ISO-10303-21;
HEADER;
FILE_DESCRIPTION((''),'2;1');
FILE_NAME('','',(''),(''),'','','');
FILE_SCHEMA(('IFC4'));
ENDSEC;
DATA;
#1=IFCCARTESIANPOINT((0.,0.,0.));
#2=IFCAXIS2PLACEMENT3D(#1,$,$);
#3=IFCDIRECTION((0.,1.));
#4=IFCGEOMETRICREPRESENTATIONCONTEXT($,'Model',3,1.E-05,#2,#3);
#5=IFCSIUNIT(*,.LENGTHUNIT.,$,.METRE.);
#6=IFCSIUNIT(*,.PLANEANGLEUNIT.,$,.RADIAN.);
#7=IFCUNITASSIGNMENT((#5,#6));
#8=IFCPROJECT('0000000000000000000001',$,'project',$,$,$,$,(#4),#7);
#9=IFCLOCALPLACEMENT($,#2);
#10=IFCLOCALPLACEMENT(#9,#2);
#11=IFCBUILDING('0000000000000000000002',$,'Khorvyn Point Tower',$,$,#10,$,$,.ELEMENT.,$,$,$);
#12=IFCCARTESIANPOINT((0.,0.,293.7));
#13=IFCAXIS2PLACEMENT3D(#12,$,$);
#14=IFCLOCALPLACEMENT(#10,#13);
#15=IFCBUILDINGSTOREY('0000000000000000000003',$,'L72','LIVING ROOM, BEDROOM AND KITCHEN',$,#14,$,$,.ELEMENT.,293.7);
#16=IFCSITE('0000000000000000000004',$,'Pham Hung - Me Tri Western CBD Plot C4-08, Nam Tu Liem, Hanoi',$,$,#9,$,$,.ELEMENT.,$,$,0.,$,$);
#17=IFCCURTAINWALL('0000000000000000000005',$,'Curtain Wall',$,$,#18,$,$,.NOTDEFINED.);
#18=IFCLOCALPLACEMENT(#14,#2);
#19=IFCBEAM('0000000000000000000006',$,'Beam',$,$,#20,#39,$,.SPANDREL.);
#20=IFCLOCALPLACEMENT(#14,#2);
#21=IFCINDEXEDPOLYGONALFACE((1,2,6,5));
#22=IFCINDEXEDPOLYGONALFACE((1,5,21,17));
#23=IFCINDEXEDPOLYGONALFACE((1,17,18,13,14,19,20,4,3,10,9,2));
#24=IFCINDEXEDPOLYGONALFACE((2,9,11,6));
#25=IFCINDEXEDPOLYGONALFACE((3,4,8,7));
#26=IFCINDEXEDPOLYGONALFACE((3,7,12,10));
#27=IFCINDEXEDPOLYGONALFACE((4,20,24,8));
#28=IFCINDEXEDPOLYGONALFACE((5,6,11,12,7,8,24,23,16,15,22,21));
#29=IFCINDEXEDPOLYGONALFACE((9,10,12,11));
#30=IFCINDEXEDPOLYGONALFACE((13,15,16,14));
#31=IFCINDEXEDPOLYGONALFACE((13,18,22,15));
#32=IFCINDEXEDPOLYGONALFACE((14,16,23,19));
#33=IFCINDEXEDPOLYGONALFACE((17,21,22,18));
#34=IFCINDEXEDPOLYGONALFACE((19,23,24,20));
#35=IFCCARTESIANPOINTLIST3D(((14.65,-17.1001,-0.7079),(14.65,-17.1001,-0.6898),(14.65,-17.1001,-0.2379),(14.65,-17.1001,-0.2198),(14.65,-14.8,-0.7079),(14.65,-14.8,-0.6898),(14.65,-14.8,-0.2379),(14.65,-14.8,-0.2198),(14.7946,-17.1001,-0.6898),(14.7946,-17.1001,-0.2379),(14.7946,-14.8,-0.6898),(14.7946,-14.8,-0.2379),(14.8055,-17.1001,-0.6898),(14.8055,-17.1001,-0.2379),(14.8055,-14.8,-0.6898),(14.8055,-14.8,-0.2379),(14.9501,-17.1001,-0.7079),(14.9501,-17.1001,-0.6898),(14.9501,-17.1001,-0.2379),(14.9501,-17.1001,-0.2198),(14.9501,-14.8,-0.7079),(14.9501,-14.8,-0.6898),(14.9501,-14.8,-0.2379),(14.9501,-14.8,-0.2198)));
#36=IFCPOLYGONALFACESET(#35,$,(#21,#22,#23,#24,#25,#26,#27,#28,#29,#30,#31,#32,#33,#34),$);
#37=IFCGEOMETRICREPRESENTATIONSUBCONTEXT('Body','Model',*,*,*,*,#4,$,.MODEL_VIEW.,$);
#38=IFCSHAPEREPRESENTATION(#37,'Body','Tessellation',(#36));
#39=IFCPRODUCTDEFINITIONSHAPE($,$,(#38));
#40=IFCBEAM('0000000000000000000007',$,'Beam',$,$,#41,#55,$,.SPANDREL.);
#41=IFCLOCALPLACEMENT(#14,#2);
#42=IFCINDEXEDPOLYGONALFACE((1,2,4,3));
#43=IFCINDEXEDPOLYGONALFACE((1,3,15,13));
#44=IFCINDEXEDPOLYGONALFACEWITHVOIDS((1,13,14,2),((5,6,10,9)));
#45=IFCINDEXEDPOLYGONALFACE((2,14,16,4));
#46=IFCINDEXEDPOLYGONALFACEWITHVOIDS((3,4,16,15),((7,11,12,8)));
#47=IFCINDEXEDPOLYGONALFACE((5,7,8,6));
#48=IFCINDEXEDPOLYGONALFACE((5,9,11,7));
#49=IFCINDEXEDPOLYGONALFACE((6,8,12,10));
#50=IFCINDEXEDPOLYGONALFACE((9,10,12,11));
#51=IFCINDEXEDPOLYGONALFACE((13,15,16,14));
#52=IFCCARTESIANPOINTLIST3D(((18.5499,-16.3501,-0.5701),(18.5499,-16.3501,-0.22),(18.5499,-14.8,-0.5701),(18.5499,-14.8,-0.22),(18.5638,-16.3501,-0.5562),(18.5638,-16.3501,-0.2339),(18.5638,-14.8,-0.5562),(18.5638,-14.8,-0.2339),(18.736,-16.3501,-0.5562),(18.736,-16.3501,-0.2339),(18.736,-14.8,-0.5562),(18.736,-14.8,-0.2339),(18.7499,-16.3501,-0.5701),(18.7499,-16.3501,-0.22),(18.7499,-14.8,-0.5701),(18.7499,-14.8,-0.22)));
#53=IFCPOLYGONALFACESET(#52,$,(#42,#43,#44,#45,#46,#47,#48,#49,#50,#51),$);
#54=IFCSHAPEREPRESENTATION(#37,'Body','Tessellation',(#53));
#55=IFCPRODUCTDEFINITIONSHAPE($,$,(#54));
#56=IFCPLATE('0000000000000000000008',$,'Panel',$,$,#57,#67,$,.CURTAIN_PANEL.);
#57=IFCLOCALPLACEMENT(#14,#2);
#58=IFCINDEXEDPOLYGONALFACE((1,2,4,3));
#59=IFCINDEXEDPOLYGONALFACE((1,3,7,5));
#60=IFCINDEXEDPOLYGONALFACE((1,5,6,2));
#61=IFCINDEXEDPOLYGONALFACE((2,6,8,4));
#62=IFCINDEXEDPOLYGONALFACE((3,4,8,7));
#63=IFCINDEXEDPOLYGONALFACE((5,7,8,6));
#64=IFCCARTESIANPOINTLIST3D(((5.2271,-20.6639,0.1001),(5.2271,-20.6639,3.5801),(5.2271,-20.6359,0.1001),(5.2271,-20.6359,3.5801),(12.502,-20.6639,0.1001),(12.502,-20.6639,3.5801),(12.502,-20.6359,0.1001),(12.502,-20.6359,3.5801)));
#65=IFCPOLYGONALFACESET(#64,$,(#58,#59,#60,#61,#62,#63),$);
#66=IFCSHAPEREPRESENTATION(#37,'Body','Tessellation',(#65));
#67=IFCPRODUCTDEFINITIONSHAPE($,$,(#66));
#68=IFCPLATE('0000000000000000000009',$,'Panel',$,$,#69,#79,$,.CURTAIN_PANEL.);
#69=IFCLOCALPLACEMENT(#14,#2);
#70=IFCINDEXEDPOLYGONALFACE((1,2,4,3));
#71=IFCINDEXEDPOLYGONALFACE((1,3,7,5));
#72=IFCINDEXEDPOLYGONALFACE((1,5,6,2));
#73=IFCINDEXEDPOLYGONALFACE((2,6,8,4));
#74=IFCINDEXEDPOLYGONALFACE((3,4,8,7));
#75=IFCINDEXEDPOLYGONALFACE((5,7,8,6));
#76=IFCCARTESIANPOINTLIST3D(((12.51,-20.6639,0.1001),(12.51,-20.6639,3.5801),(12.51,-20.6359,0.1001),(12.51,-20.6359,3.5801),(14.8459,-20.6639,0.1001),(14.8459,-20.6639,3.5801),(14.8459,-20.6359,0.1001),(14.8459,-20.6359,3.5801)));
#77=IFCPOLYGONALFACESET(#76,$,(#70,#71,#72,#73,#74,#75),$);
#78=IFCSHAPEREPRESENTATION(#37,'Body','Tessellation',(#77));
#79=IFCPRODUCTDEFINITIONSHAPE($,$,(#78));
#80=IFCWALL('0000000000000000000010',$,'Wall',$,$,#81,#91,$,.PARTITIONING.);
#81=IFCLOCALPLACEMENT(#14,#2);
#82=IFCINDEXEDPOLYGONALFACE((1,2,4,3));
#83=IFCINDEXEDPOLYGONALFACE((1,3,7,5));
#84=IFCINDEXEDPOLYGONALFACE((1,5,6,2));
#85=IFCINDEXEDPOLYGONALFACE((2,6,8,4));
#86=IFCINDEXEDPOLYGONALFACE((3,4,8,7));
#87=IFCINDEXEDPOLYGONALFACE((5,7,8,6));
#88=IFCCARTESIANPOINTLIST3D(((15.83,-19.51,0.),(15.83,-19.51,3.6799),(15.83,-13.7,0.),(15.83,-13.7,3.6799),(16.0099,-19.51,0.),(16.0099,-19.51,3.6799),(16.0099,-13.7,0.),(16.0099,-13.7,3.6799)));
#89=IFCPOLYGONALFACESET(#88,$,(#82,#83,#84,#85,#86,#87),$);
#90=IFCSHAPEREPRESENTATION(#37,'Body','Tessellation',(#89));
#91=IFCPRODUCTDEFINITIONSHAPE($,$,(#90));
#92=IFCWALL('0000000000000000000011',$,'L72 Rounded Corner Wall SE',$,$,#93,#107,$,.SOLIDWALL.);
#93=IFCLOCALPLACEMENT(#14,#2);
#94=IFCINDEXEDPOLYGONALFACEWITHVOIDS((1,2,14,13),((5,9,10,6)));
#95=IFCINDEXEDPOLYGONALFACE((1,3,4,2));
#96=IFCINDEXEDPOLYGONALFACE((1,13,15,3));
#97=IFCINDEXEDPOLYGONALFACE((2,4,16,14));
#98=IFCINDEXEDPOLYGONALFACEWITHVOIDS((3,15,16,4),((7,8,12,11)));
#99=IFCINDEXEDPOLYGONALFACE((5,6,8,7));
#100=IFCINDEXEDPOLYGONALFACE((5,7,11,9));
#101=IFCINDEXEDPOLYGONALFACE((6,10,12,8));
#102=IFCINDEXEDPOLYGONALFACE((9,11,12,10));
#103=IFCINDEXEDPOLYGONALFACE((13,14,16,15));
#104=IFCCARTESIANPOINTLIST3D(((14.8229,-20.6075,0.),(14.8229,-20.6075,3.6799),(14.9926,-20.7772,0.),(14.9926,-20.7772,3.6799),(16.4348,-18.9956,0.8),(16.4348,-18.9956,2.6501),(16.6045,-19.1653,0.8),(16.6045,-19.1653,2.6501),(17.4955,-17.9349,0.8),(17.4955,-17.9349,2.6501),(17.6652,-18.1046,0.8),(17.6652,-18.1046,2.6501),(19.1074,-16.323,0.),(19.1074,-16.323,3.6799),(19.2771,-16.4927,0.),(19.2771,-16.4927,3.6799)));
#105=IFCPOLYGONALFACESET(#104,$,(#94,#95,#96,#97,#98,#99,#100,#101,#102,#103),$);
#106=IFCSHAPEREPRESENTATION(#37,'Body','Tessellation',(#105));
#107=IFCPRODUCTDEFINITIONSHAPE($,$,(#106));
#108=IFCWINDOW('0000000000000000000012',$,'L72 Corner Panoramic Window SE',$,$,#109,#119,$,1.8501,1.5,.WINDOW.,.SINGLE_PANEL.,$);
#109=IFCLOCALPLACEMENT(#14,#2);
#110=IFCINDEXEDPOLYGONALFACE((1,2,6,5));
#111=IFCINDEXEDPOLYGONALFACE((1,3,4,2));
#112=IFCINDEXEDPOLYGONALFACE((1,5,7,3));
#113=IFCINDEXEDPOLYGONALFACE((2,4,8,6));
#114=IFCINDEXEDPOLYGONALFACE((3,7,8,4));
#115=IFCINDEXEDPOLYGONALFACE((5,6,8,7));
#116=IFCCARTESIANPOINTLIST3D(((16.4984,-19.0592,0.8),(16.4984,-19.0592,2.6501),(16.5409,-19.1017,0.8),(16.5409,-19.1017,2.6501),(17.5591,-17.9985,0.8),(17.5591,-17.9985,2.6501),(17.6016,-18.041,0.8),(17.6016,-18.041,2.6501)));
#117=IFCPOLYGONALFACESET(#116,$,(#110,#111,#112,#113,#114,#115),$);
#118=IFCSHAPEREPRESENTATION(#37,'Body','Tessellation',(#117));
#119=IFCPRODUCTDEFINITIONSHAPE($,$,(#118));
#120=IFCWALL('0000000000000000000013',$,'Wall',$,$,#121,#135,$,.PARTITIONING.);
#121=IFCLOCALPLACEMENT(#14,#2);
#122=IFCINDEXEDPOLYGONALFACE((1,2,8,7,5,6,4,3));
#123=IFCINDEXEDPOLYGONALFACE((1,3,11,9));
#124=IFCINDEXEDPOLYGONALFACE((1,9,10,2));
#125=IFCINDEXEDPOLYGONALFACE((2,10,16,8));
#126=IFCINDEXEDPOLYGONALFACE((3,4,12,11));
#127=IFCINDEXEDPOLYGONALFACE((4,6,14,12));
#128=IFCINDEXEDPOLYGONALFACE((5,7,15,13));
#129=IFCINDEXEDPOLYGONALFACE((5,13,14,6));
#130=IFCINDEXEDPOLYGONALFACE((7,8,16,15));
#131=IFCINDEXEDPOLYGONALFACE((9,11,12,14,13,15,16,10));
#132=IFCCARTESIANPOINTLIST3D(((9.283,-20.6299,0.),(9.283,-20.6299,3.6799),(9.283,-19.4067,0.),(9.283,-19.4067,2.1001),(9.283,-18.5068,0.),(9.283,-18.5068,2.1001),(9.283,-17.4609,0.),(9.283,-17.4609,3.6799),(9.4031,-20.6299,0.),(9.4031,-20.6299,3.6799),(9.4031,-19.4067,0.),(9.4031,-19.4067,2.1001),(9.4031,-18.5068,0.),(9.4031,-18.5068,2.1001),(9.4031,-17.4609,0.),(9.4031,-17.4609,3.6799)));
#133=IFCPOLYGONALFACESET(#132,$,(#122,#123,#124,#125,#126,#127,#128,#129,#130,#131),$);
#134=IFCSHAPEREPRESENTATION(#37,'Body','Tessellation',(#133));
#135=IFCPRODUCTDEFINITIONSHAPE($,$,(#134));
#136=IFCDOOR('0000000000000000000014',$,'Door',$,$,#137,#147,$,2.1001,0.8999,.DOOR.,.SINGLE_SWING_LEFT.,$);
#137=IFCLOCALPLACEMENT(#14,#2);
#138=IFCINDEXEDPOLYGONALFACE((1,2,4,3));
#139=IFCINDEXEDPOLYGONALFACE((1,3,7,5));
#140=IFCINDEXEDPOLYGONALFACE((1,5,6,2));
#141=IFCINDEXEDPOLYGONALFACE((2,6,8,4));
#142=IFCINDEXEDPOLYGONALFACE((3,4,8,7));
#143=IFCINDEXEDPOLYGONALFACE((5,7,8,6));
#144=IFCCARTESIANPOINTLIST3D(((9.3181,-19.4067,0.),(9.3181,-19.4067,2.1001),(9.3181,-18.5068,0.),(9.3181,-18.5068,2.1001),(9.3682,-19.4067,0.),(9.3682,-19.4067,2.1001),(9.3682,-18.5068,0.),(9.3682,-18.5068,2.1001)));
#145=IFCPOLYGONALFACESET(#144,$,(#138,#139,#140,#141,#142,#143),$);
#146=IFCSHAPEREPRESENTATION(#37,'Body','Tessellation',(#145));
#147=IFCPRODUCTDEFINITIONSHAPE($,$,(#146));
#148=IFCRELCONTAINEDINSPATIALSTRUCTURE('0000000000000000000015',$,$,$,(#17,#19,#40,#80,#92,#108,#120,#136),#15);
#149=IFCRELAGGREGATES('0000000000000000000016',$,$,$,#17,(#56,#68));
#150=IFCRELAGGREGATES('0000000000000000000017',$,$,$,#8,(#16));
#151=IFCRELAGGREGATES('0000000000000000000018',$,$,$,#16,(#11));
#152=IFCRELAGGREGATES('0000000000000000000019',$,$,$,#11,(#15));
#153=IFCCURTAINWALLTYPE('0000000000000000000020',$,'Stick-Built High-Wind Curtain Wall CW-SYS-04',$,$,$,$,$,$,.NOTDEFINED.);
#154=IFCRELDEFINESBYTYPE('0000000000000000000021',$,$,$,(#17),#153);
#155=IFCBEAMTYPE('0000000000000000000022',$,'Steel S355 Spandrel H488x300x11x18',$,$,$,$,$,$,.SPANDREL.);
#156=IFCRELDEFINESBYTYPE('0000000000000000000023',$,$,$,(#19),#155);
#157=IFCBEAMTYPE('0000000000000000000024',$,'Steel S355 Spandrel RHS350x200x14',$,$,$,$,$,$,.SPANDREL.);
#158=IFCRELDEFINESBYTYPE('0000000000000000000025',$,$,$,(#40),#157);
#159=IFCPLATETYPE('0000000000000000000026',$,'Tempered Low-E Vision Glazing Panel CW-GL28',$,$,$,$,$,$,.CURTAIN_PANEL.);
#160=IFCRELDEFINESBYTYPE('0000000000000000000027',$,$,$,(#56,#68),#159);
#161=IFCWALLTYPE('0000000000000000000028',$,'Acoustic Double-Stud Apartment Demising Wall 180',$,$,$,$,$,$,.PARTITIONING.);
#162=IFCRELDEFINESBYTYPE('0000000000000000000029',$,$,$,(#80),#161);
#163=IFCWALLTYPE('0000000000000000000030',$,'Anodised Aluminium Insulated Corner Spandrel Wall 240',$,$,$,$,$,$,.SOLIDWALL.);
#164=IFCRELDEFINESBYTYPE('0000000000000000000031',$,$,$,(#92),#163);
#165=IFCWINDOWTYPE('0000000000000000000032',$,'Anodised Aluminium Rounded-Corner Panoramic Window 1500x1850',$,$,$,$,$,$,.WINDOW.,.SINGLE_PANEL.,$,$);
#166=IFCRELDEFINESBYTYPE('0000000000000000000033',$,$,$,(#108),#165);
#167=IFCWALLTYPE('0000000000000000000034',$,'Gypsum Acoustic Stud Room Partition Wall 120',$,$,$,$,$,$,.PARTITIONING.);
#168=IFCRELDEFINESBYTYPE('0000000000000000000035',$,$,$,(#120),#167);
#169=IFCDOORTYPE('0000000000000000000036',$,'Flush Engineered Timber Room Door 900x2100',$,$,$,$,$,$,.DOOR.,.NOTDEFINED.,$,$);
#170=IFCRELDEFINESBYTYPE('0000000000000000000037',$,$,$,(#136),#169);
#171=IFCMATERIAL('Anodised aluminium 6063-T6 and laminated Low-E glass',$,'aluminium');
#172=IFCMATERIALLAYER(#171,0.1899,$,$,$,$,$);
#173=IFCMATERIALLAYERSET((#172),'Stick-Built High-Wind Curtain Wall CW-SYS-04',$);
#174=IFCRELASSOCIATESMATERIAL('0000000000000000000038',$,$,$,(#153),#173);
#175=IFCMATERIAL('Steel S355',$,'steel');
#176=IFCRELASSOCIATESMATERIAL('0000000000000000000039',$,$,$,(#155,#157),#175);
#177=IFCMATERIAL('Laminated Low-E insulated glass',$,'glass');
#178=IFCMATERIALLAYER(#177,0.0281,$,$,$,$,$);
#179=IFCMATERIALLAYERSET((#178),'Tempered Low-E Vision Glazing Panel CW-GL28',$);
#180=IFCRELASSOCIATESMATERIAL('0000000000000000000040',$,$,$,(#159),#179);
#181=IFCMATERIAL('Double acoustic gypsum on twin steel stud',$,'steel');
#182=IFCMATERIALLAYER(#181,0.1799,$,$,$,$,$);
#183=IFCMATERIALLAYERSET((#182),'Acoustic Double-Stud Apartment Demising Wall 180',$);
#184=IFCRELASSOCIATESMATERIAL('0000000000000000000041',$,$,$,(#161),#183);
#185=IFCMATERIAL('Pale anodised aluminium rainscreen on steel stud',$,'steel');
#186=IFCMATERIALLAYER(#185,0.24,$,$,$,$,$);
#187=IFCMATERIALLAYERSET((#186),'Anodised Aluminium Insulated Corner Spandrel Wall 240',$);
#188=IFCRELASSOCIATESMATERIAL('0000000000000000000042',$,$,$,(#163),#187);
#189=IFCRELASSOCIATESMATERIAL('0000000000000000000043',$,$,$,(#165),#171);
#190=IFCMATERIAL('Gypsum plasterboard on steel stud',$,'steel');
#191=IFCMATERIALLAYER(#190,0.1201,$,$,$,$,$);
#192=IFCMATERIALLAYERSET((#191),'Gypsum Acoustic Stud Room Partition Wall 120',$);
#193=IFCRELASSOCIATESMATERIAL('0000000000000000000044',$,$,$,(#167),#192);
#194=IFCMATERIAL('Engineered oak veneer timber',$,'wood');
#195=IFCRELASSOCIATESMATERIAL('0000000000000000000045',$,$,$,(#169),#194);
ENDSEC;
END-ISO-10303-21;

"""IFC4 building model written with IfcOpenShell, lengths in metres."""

from ifc_helpers import new_model, si_unit, direction, frame, frame_2d, origin, origin_2d, place, context, subcontext, project, spatial, rectangle, hollow_rectangle, i_section, extrude, material, layer, layer_set, material_profile, profile_set, type_object, element, fill, aggregate, save


model = new_model("IFC4")

# Units and contexts
model_context = context("Model", 3, precision=1e-05, world=origin(), true_north=direction((0.0, 1.0)))
body_context = subcontext(model_context, "Body", "Model", "MODEL_VIEW")
ifc_project = project(units=[si_unit("LENGTHUNIT", "METRE"), si_unit("PLANEANGLEUNIT", "RADIAN")], contexts=[model_context])

# Site, building, storey
site_placement = place(None, origin())
site = spatial("IfcSite", under=ifc_project, at=site_placement, Name="Pham Hung - Me Tri Western CBD Plot C4-08, Nam Tu Liem, Hanoi", CompositionType="ELEMENT", RefElevation=0.0)
building_placement = place(site_placement, origin())
building = spatial("IfcBuilding", under=site, at=building_placement, Name="Khorvyn Point Tower", CompositionType="ELEMENT")
storey_placement = place(building_placement, frame((0.0, 0.0, 293.7)))
storey = spatial("IfcBuildingStorey", under=building, at=storey_placement, Name="L72", Description="LIVING ROOM, BEDROOM AND KITCHEN", CompositionType="ELEMENT", Elevation=293.7)

# Shared definitions
ifc_material_1 = material(Name="Steel S355", Category="steel")

# Curtain wall
ifc_material_2 = material(Name="Anodised aluminium 6063-T6 and laminated Low-E glass", Category="aluminium")
ifc_layer_1 = layer(ifc_material_2, 0.1899)
ifc_layer_set_1 = layer_set([ifc_layer_1], Name="Stick-Built High-Wind Curtain Wall CW-SYS-04")
curtain_wall_type = type_object("IfcCurtainWallType", Name="Stick-Built High-Wind Curtain Wall CW-SYS-04", PredefinedType="NOTDEFINED", material=ifc_layer_set_1)
curtain_wall_1_placement = place(storey_placement, origin())
curtain_wall_1 = element("IfcCurtainWall", 1, at=curtain_wall_1_placement, inside=storey, type_object=curtain_wall_type, Name="Curtain Wall", PredefinedType="NOTDEFINED")

# Beams
ifc_material_profile_1 = material_profile(ifc_material_1, i_section(OverallWidth=0.3, OverallDepth=0.488, WebThickness=0.011, FlangeThickness=0.0181, at=origin_2d()))
ifc_profile_set_1 = profile_set([ifc_material_profile_1], Name="Steel S355 H488x300x11x18")
beam_type_1 = type_object("IfcBeamType", Name="Steel S355 Spandrel H488x300x11x18", PredefinedType="SPANDREL", material=ifc_profile_set_1)
beam_1_placement = place(storey_placement, frame((14.8, -17.1001, -0.4639), z_axis=(0.0, 1.0, 0.0), x_axis=(-1.0, 0.0, 0.0)))
element("IfcBeam", 2, at=beam_1_placement, inside=storey, type_object=beam_type_1, Name="Beam", PredefinedType="SPANDREL", context=body_context, shape_type="SweptSolid", body=[
    extrude(i_section(OverallWidth=0.3, OverallDepth=0.488, WebThickness=0.011, FlangeThickness=0.0181, at=origin_2d()), origin(), (0.0, 0.0, 1.0), 2.3),
])
ifc_material_profile_2 = material_profile(ifc_material_1, hollow_rectangle(XDim=0.2, YDim=0.3501, WallThickness=0.0139, at=origin_2d()))
ifc_profile_set_2 = profile_set([ifc_material_profile_2], Name="Steel S355 RHS350x200x14")
beam_type_2 = type_object("IfcBeamType", Name="Steel S355 Spandrel RHS350x200x14", PredefinedType="SPANDREL", material=ifc_profile_set_2)
beam_2_placement = place(storey_placement, frame((18.6499, -16.3501, -0.395), z_axis=(0.0, 1.0, 0.0), x_axis=(-1.0, 0.0, 0.0)))
element("IfcBeam", 3, at=beam_2_placement, inside=storey, type_object=beam_type_2, Name="Beam", PredefinedType="SPANDREL", context=body_context, shape_type="SweptSolid", body=[
    extrude(hollow_rectangle(XDim=0.2, YDim=0.3501, WallThickness=0.0139, at=origin_2d()), origin(), (0.0, 0.0, 1.0), 1.55),
])

# Plates
ifc_material_3 = material(Name="Laminated Low-E insulated glass", Category="glass")
ifc_layer_2 = layer(ifc_material_3, 0.0281)
ifc_layer_set_2 = layer_set([ifc_layer_2], Name="Tempered Low-E Vision Glazing Panel CW-GL28")
plate_type = type_object("IfcPlateType", Name="Tempered Low-E Vision Glazing Panel CW-GL28", PredefinedType="CURTAIN_PANEL", material=ifc_layer_set_2)
plate_1_placement = place(storey_placement, frame((8.8645, -20.6499, 0.1001), z_axis=(0.0, 0.0, 1.0), x_axis=(-1.0, 0.0, 0.0)))
plate_1 = element("IfcPlate", 4, at=plate_1_placement, type_object=plate_type, Name="Panel", PredefinedType="CURTAIN_PANEL", context=body_context, shape_type="SweptSolid", body=[
    extrude(rectangle(XDim=7.2749, YDim=0.0281, at=origin_2d()), origin(), (0.0, 0.0, 1.0), 3.48),
])
plate_2_placement = place(storey_placement, frame((13.678, -20.6499, 0.1001), z_axis=(0.0, 0.0, 1.0), x_axis=(-1.0, 0.0, 0.0)))
plate_2 = element("IfcPlate", 5, at=plate_2_placement, type_object=plate_type, Name="Panel", PredefinedType="CURTAIN_PANEL", context=body_context, shape_type="SweptSolid", body=[
    extrude(rectangle(XDim=2.3359, YDim=0.0281, at=origin_2d()), origin(), (0.0, 0.0, 1.0), 3.48),
])
aggregate(curtain_wall_1, [plate_1, plate_2])

# Wall
ifc_material_4 = material(Name="Double acoustic gypsum on twin steel stud", Category="steel")
ifc_layer_3 = layer(ifc_material_4, 0.1799)
ifc_layer_set_3 = layer_set([ifc_layer_3], Name="Acoustic Double-Stud Apartment Demising Wall 180")
wall_type_1 = type_object("IfcWallType", Name="Acoustic Double-Stud Apartment Demising Wall 180", PredefinedType="PARTITIONING", material=ifc_layer_set_3)
wall_1_placement = place(storey_placement, frame((15.9199, -19.51, 0.0), z_axis=(0.0, 0.0, 1.0), x_axis=(0.0, 1.0, 0.0)))
element("IfcWall", 6, at=wall_1_placement, inside=storey, type_object=wall_type_1, Name="Wall", PredefinedType="PARTITIONING", context=body_context, shape_type="SweptSolid", body=[
    extrude(rectangle(XDim=5.8101, YDim=0.1799, at=frame_2d((2.905, 0.0))), origin(), (0.0, 0.0, 1.0), 3.6799),
])

# Wall, opening, window
ifc_material_5 = material(Name="Pale anodised aluminium rainscreen on steel stud", Category="steel")
ifc_layer_4 = layer(ifc_material_5, 0.24)
ifc_layer_set_4 = layer_set([ifc_layer_4], Name="Anodised Aluminium Insulated Corner Spandrel Wall 240")
wall_type_2 = type_object("IfcWallType", Name="Anodised Aluminium Insulated Corner Spandrel Wall 240", PredefinedType="SOLIDWALL", material=ifc_layer_set_4)
wall_2_placement = place(storey_placement, frame((19.1924, -16.4077, 0.0), z_axis=(0.0, 0.0, 1.0), x_axis=(-0.707107, -0.707107, 0.0)))
wall_2 = element("IfcWall", 7, at=wall_2_placement, inside=storey, type_object=wall_type_2, Name="L72 Rounded Corner Wall SE", PredefinedType="SOLIDWALL", context=body_context, shape_type="SweptSolid", body=[
    extrude(rectangle(XDim=6.0593, YDim=0.24, at=frame_2d((3.0298, 0.0))), origin(), (0.0, 0.0, 1.0), 3.6799),
])
opening_1_placement = place(wall_2_placement, frame((2.2798, 0.0, 0.8)))
opening_1 = element("IfcOpeningElement", 8, at=opening_1_placement, cuts=wall_2, PredefinedType="OPENING", context=body_context, shape_type="SweptSolid", body=[
    extrude(rectangle(XDim=1.5, YDim=1.8501, at=frame_2d((0.75, 0.925))), frame((0.0, 0.1299, 0.0), z_axis=(0.0, -1.0, 0.0), x_axis=(1.0, 0.0, 0.0)), (0.0, 0.0, 1.0), 0.26),
])
window_type = type_object("IfcWindowType", Name="Anodised Aluminium Rounded-Corner Panoramic Window 1500x1850", PartitioningType="SINGLE_PANEL", PredefinedType="WINDOW", material=ifc_material_2)
window_placement = place(opening_1_placement, origin())
window = element("IfcWindow", 9, at=window_placement, inside=storey, type_object=window_type, Name="L72 Corner Panoramic Window SE", OverallHeight=1.8501, OverallWidth=1.5, PartitioningType="SINGLE_PANEL", PredefinedType="WINDOW", context=body_context, shape_type="SweptSolid", body=[
    extrude(rectangle(XDim=1.5, YDim=1.8501, at=frame_2d((0.75, 0.925))), frame((0.0, 0.03, 0.0), z_axis=(0.0, -1.0, 0.0), x_axis=(1.0, 0.0, 0.0)), (0.0, 0.0, 1.0), 0.0601),
])
fill(opening_1, window)

# Wall, opening, door
ifc_material_6 = material(Name="Gypsum plasterboard on steel stud", Category="steel")
ifc_layer_5 = layer(ifc_material_6, 0.1201)
ifc_layer_set_5 = layer_set([ifc_layer_5], Name="Gypsum Acoustic Stud Room Partition Wall 120")
wall_type_3 = type_object("IfcWallType", Name="Gypsum Acoustic Stud Room Partition Wall 120", PredefinedType="PARTITIONING", material=ifc_layer_set_5)
wall_3_placement = place(storey_placement, frame((9.343, -20.6299, 0.0), z_axis=(0.0, 0.0, 1.0), x_axis=(0.0, 1.0, 0.0)))
wall_3 = element("IfcWall", 10, at=wall_3_placement, inside=storey, type_object=wall_type_3, Name="Wall", PredefinedType="PARTITIONING", context=body_context, shape_type="SweptSolid", body=[
    extrude(rectangle(XDim=3.1689, YDim=0.1201, at=frame_2d((1.5845, 0.0))), origin(), (0.0, 0.0, 1.0), 3.6799),
])
opening_2_placement = place(wall_3_placement, frame((1.2231, 0.0, 0.0)))
opening_2 = element("IfcOpeningElement", 11, at=opening_2_placement, cuts=wall_3, PredefinedType="OPENING", context=body_context, shape_type="SweptSolid", body=[
    extrude(rectangle(XDim=0.8999, YDim=2.1001, at=frame_2d((0.45, 1.05))), frame((0.0, 0.0701, 0.0), z_axis=(0.0, -1.0, 0.0), x_axis=(1.0, 0.0, 0.0)), (0.0, 0.0, 1.0), 0.1401),
])
ifc_material_7 = material(Name="Engineered oak veneer timber", Category="wood")
door_type_1 = type_object("IfcDoorType", Name="Flush Engineered Timber Room Door 900x2100", OperationType="NOTDEFINED", PredefinedType="DOOR", material=ifc_material_7)
door_1_placement = place(opening_2_placement, origin())
door_1 = element("IfcDoor", 12, at=door_1_placement, inside=storey, type_object=door_type_1, Name="Door", OperationType="SINGLE_SWING_LEFT", OverallHeight=2.1001, OverallWidth=0.8999, PredefinedType="DOOR", context=body_context, shape_type="SweptSolid", body=[
    extrude(rectangle(XDim=0.8999, YDim=2.1001, at=frame_2d((0.45, 1.05))), frame((0.0, 0.0249, 0.0), z_axis=(0.0, -1.0, 0.0), x_axis=(1.0, 0.0, 0.0)), (0.0, 0.0, 1.0), 0.05),
])
fill(opening_2, door_1)

save(model, "model.ifc")
